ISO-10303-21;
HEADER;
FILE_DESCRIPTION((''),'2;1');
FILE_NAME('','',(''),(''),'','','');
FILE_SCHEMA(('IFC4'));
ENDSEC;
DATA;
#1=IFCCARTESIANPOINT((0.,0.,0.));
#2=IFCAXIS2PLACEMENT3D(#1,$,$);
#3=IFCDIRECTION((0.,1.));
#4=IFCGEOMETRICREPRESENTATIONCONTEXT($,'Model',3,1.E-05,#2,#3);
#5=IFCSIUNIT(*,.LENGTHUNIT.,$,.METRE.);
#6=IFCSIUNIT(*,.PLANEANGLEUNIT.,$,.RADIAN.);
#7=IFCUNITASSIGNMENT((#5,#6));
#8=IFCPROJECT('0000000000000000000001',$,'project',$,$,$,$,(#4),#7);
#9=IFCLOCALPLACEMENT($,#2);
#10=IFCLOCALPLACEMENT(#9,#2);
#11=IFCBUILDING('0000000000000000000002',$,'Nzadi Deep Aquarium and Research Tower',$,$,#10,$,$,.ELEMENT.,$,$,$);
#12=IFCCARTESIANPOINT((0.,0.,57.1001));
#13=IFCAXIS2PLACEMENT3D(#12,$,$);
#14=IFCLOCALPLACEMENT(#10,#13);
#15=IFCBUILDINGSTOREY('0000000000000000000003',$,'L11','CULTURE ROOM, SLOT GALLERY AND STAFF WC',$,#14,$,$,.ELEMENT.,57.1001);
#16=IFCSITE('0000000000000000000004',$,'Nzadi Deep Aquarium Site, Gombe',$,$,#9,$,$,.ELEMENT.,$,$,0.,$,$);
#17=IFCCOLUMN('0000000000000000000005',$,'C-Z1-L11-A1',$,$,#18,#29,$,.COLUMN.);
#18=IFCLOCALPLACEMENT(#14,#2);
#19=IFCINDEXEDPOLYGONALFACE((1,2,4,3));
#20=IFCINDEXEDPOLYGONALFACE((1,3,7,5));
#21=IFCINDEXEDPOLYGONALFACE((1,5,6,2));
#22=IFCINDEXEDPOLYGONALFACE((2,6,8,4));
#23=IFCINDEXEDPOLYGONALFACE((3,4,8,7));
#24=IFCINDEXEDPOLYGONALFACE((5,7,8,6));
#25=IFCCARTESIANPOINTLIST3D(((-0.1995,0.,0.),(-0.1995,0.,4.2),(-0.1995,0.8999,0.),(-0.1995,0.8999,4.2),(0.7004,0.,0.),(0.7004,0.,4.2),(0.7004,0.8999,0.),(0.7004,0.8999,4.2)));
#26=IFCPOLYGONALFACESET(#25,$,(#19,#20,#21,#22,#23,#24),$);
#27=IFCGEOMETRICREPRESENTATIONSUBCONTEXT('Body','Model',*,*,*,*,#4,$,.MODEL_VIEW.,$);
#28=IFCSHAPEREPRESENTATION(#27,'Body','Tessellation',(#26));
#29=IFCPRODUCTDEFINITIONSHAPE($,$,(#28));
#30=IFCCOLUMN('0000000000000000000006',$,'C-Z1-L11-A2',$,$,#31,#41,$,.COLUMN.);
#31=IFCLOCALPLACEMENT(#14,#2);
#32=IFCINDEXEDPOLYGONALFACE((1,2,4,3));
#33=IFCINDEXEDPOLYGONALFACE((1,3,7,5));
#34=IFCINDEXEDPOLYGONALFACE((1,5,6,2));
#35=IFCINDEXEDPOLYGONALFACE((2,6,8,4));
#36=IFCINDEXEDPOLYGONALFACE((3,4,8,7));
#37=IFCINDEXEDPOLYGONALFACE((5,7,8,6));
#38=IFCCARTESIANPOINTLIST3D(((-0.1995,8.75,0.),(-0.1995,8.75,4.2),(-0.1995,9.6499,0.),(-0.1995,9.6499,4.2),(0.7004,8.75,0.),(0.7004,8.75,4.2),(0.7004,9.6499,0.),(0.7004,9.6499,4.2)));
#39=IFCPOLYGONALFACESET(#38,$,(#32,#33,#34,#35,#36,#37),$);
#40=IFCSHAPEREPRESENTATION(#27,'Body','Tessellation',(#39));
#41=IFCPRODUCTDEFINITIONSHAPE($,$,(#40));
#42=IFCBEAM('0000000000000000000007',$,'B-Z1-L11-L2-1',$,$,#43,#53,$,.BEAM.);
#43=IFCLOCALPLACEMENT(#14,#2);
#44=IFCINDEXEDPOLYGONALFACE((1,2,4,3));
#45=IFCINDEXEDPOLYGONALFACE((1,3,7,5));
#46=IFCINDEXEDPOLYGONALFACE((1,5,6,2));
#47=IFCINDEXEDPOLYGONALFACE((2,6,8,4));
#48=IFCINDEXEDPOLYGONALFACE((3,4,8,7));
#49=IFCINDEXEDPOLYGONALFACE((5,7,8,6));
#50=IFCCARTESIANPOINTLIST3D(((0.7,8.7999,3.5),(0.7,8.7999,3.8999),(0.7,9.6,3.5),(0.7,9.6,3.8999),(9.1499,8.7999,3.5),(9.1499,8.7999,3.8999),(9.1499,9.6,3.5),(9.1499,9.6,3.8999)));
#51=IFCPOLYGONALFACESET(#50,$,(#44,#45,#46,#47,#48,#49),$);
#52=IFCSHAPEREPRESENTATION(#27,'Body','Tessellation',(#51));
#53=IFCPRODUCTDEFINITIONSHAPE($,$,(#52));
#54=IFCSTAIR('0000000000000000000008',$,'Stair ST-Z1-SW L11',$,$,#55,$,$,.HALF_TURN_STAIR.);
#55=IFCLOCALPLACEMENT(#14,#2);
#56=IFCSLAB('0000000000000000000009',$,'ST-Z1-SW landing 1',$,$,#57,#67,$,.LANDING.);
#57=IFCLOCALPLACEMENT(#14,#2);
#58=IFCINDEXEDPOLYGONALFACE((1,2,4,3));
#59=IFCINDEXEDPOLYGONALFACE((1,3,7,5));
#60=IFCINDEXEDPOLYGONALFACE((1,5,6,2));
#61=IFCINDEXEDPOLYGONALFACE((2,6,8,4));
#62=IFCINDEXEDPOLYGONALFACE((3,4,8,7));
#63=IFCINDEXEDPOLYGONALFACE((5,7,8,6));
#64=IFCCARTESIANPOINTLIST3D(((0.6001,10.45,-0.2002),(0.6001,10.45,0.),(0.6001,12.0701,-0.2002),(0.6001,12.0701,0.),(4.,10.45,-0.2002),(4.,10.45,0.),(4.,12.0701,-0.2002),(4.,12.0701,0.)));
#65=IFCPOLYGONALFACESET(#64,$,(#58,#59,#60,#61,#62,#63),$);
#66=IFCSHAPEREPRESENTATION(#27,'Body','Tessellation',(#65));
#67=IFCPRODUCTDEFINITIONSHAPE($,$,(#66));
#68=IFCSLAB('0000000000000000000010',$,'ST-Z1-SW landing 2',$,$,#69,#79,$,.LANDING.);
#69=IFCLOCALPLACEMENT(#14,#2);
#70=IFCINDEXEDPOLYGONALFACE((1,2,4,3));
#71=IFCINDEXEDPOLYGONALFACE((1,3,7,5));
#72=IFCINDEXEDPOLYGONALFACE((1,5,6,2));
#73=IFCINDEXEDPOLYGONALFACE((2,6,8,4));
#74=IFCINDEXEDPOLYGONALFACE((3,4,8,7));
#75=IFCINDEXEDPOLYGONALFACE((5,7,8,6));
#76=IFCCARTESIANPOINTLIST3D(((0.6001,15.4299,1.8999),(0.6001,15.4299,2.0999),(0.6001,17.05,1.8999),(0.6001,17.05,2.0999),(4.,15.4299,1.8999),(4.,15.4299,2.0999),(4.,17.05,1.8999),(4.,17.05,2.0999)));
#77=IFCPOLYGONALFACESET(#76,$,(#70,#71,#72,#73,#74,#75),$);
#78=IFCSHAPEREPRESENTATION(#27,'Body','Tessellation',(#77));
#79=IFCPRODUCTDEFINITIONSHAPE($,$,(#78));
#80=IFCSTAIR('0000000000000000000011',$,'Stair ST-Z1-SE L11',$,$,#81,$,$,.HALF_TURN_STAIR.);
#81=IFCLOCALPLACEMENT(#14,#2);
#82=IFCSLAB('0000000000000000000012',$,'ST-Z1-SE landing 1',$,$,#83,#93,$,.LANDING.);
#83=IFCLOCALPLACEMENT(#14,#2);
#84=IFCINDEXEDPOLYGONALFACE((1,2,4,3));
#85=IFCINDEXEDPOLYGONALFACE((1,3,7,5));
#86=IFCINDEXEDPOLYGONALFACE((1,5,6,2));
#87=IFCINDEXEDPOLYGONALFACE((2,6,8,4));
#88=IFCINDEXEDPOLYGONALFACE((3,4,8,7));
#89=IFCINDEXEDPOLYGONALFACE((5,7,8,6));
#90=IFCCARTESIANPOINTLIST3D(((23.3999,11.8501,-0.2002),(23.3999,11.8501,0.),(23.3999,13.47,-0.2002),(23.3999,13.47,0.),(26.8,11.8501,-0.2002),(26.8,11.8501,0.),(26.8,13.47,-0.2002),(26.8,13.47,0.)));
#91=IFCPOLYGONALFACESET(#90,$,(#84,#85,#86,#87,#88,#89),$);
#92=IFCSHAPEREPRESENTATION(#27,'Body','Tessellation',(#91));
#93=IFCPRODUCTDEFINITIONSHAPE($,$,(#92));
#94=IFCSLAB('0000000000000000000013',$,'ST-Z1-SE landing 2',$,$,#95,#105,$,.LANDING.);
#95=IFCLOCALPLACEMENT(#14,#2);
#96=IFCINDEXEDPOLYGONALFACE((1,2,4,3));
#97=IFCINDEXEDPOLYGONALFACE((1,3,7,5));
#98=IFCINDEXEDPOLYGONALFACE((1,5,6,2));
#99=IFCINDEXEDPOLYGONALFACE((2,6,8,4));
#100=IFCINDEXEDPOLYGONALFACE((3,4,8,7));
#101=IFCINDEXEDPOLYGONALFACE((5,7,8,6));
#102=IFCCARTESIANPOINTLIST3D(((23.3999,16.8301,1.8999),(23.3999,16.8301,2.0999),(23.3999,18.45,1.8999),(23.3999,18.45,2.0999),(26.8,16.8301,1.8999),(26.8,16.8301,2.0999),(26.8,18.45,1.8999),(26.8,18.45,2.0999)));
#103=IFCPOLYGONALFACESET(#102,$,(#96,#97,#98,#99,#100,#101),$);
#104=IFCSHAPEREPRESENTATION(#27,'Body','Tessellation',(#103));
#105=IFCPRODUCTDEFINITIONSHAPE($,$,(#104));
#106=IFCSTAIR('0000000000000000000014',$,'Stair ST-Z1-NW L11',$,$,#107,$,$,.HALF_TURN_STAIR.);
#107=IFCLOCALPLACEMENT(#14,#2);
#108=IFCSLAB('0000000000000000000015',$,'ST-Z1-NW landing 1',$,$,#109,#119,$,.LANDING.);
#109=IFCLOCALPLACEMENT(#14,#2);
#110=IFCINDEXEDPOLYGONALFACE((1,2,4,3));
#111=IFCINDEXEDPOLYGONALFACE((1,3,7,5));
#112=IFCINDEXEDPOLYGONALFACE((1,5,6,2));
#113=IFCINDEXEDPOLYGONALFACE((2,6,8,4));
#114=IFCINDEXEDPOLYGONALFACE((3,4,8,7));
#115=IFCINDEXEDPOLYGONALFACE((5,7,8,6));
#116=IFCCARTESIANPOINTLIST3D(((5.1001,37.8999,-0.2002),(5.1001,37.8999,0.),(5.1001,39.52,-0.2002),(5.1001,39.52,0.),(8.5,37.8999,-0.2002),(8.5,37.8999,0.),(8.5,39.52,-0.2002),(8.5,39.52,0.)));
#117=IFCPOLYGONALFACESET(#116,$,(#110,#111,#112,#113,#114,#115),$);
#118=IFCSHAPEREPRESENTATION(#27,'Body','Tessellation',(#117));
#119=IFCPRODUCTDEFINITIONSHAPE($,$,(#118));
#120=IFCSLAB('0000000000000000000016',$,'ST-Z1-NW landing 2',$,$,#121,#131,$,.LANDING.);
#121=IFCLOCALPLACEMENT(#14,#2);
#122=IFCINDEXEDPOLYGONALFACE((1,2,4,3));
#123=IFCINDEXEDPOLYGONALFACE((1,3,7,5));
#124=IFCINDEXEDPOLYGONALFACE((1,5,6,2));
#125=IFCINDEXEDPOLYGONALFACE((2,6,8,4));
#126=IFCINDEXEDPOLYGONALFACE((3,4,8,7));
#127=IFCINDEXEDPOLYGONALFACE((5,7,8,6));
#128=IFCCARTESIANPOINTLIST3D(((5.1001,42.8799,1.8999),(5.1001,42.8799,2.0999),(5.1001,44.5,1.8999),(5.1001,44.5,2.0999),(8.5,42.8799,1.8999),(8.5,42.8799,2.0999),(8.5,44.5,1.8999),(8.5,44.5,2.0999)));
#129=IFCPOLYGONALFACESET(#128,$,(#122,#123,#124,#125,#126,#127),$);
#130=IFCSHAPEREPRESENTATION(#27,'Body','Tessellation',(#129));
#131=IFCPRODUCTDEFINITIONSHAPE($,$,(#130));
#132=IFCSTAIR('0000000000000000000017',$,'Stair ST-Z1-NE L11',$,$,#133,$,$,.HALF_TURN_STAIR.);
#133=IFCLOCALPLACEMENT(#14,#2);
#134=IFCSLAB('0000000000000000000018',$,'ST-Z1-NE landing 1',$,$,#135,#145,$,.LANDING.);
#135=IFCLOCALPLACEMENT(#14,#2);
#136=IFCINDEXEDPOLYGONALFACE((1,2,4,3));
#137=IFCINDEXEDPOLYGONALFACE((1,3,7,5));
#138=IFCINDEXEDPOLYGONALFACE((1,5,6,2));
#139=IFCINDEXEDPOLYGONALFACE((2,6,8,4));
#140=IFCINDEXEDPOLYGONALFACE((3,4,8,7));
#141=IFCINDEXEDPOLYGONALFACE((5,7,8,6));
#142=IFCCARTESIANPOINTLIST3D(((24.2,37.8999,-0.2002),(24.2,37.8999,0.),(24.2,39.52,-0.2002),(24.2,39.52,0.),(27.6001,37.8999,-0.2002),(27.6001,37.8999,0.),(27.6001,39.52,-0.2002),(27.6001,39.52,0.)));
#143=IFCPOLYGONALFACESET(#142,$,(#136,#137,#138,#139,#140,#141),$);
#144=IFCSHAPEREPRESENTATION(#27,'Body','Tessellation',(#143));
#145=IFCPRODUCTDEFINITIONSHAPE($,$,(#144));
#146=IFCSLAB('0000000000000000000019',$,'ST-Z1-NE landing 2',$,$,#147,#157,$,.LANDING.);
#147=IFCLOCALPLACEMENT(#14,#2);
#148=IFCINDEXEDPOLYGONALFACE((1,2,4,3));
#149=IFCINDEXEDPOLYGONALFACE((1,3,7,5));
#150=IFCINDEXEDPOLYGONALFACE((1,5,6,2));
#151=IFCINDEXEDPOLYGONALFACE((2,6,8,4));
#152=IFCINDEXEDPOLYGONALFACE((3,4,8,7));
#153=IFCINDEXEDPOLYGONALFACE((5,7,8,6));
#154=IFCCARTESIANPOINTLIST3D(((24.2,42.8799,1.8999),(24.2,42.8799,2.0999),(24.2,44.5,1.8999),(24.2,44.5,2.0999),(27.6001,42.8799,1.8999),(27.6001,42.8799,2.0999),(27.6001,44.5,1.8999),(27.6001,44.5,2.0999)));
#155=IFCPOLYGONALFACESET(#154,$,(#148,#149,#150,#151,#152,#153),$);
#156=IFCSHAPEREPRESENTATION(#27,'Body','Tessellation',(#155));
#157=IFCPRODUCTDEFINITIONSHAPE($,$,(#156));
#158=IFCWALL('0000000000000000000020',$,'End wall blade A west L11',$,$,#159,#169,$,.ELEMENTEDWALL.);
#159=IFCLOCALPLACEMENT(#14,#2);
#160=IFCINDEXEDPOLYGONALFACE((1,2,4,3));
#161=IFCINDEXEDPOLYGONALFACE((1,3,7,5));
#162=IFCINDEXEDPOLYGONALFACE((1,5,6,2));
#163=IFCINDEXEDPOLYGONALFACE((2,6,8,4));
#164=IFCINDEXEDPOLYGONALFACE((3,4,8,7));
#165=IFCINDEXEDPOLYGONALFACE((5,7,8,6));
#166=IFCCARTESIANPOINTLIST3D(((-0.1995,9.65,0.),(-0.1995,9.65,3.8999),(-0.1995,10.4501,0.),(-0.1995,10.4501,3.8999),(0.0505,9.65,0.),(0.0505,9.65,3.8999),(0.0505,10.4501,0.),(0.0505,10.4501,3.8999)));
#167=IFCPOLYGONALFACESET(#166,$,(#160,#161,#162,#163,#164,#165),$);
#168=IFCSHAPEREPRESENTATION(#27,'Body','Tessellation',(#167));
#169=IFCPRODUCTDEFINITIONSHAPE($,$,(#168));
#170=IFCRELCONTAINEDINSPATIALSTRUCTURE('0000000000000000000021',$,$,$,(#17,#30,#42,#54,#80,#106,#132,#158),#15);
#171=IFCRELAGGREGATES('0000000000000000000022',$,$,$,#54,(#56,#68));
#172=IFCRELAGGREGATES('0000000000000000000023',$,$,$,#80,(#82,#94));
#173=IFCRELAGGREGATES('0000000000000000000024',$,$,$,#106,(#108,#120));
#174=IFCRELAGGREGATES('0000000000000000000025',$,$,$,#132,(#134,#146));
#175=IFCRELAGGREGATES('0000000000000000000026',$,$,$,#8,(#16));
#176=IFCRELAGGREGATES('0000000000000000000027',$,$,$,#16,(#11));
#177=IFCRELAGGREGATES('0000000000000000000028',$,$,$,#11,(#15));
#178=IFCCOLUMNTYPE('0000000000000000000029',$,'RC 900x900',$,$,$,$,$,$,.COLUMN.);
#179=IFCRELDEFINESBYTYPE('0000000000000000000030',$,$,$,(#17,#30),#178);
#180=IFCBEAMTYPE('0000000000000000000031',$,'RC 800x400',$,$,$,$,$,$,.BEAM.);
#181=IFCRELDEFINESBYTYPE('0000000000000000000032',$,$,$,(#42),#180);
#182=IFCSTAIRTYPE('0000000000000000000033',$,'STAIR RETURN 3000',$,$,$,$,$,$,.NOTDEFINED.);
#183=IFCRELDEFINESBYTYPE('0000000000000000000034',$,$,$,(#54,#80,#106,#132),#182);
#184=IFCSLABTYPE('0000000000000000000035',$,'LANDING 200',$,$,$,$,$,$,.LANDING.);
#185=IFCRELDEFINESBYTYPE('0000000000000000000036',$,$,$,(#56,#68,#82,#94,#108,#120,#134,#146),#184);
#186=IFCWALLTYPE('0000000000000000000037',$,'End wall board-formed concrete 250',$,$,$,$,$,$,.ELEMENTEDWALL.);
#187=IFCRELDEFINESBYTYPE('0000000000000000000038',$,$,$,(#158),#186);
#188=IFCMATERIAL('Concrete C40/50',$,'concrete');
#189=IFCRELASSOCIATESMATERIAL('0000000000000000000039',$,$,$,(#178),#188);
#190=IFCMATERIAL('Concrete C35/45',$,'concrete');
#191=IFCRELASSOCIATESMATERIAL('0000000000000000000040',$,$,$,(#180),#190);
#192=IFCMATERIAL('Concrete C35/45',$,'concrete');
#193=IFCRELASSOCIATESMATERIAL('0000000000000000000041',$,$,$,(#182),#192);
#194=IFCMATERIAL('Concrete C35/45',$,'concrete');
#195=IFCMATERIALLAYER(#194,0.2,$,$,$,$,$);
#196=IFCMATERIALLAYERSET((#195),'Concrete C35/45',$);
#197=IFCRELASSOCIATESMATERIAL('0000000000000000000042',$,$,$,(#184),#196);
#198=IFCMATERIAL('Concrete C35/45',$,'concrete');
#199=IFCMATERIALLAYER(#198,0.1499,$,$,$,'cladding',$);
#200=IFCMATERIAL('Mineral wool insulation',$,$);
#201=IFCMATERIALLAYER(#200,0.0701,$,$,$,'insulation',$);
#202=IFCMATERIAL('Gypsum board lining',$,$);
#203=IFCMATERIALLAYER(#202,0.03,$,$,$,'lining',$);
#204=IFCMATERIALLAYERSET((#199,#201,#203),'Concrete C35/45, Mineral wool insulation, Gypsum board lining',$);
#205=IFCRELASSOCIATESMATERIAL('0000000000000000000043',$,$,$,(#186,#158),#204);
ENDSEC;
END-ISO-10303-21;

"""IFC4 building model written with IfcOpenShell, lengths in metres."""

from ifc_helpers import new_model, si_unit, direction, frame, frame_2d, origin, origin_2d, place, context, subcontext, project, spatial, polyline, rectangle, outline, extrude, material, layer, layer_set, layer_usage, material_profile, profile_set, type_object, element, aggregate, save


model = new_model("IFC4")

# Units and contexts
model_context = context("Model", 3, precision=1e-05, world=origin(), true_north=direction((0.0, 1.0)))
body_context = subcontext(model_context, "Body", "Model", "MODEL_VIEW")
ifc_project = project(units=[si_unit("LENGTHUNIT", "METRE"), si_unit("PLANEANGLEUNIT", "RADIAN")], contexts=[model_context])

# Site, building, storey
site_placement = place(None, origin())
site = spatial("IfcSite", under=ifc_project, at=site_placement, Name="Nzadi Deep Aquarium Site, Gombe", CompositionType="ELEMENT", RefElevation=0.0)
building_placement = place(site_placement, origin())
building = spatial("IfcBuilding", under=site, at=building_placement, Name="Nzadi Deep Aquarium and Research Tower", CompositionType="ELEMENT")
storey_placement = place(building_placement, frame((0.0, 0.0, 57.1001)))
storey = spatial("IfcBuildingStorey", under=building, at=storey_placement, Name="L11", Description="CULTURE ROOM, SLOT GALLERY AND STAFF WC", CompositionType="ELEMENT", Elevation=57.1001)

# Columns
ifc_material_1 = material(Name="Concrete C40/50", Category="concrete")
ifc_material_profile_1 = material_profile(ifc_material_1, rectangle(XDim=0.8999, YDim=0.8999, at=origin_2d()))
ifc_profile_set_1 = profile_set([ifc_material_profile_1], Name="Concrete C40/50")
column_type = type_object("IfcColumnType", Name="RC 900x900", PredefinedType="COLUMN", material=ifc_profile_set_1)
for number, where, z_axis, x_axis, name in (
    (1, (0.2505, 0.45, 0.0), (0.0, 0.0, 1.0), (1.0, 0.0, 0.0), "C-Z1-L11-A1"),
    (2, (0.2505, 9.2, 0.0), (0.0, 0.0, 1.0), (1.0, 0.0, 0.0), "C-Z1-L11-A2"),
):
    element("IfcColumn", number, at=place(storey_placement, frame(where, z_axis=z_axis, x_axis=x_axis)), inside=storey, type_object=column_type, Name=name, PredefinedType="COLUMN", context=body_context, shape_type="SweptSolid", body=[
        extrude(rectangle(XDim=0.8999, YDim=0.8999, at=origin_2d()), origin(), (0.0, 0.0, 1.0), 4.2),
    ])

# Beam
ifc_material_2 = material(Name="Concrete C35/45", Category="concrete")
ifc_material_profile_2 = material_profile(ifc_material_2, rectangle(XDim=0.8, YDim=0.3999, at=origin_2d()))
ifc_profile_set_2 = profile_set([ifc_material_profile_2], Name="Concrete C35/45")
beam_type = type_object("IfcBeamType", Name="RC 800x400", PredefinedType="BEAM", material=ifc_profile_set_2)
beam_placement = place(storey_placement, frame((0.7, 9.2, 3.7), z_axis=(1.0, 0.0, 0.0), x_axis=(0.0, 1.0, 0.0)))
element("IfcBeam", 3, at=beam_placement, inside=storey, type_object=beam_type, Name="B-Z1-L11-L2-1", PredefinedType="BEAM", context=body_context, shape_type="SweptSolid", body=[
    extrude(rectangle(XDim=0.8, YDim=0.3999, at=origin_2d()), origin(), (0.0, 0.0, 1.0), 8.45),
])

# Stairs, slabs
ifc_material_3 = material(Name="Concrete C35/45", Category="concrete")
stair_type = type_object("IfcStairType", Name="STAIR RETURN 3000", PredefinedType="NOTDEFINED", material=ifc_material_3)
stair_1_placement = place(storey_placement, origin())
stair_1 = element("IfcStair", 4, at=stair_1_placement, inside=storey, type_object=stair_type, Name="Stair ST-Z1-SW L11", PredefinedType="HALF_TURN_STAIR")
ifc_material_4 = material(Name="Concrete C35/45", Category="concrete")
ifc_layer_1 = layer(ifc_material_4, 0.2)
ifc_layer_set_1 = layer_set([ifc_layer_1], Name="Concrete C35/45")
slab_type = type_object("IfcSlabType", Name="LANDING 200", PredefinedType="LANDING", material=ifc_layer_set_1)
slab_1_placement = place(storey_placement, frame((0.0, 0.0, -0.2002)))
slab_1 = element("IfcSlab", 5, at=slab_1_placement, type_object=slab_type, Name="ST-Z1-SW landing 1", PredefinedType="LANDING", context=body_context, shape_type="SweptSolid", body=[
    extrude(outline(polyline([(0.6001, 10.45), (4.0, 10.45), (4.0, 12.0701), (0.6001, 12.0701), (0.6001, 10.45)])), origin(), (0.0, 0.0, 1.0), 0.2002),
])
slab_2_placement = place(storey_placement, frame((0.0, 0.0, 1.8999)))
slab_2 = element("IfcSlab", 6, at=slab_2_placement, type_object=slab_type, Name="ST-Z1-SW landing 2", PredefinedType="LANDING", context=body_context, shape_type="SweptSolid", body=[
    extrude(outline(polyline([(0.6001, 15.4299), (4.0, 15.4299), (4.0, 17.05), (0.6001, 17.05), (0.6001, 15.4299)])), origin(), (0.0, 0.0, 1.0), 0.2),
])
aggregate(stair_1, [slab_1, slab_2])
stair_2_placement = place(storey_placement, origin())
stair_2 = element("IfcStair", 7, at=stair_2_placement, inside=storey, type_object=stair_type, Name="Stair ST-Z1-SE L11", PredefinedType="HALF_TURN_STAIR")
slab_3_placement = place(storey_placement, frame((0.0, 0.0, -0.2002)))
slab_3 = element("IfcSlab", 8, at=slab_3_placement, type_object=slab_type, Name="ST-Z1-SE landing 1", PredefinedType="LANDING", context=body_context, shape_type="SweptSolid", body=[
    extrude(outline(polyline([(23.3999, 11.8501), (26.8, 11.8501), (26.8, 13.47), (23.3999, 13.47), (23.3999, 11.8501)])), origin(), (0.0, 0.0, 1.0), 0.2002),
])
slab_4_placement = place(storey_placement, frame((0.0, 0.0, 1.8999)))
slab_4 = element("IfcSlab", 9, at=slab_4_placement, type_object=slab_type, Name="ST-Z1-SE landing 2", PredefinedType="LANDING", context=body_context, shape_type="SweptSolid", body=[
    extrude(outline(polyline([(23.3999, 16.8301), (26.8, 16.8301), (26.8, 18.45), (23.3999, 18.45), (23.3999, 16.8301)])), origin(), (0.0, 0.0, 1.0), 0.2),
])
aggregate(stair_2, [slab_3, slab_4])
stair_3_placement = place(storey_placement, origin())
stair_3 = element("IfcStair", 10, at=stair_3_placement, inside=storey, type_object=stair_type, Name="Stair ST-Z1-NW L11", PredefinedType="HALF_TURN_STAIR")
slab_5_placement = place(storey_placement, frame((0.0, 0.0, -0.2002)))
slab_5 = element("IfcSlab", 11, at=slab_5_placement, type_object=slab_type, Name="ST-Z1-NW landing 1", PredefinedType="LANDING", context=body_context, shape_type="SweptSolid", body=[
    extrude(outline(polyline([(5.1001, 37.8999), (8.5, 37.8999), (8.5, 39.52), (5.1001, 39.52), (5.1001, 37.8999)])), origin(), (0.0, 0.0, 1.0), 0.2002),
])
slab_6_placement = place(storey_placement, frame((0.0, 0.0, 1.8999)))
slab_6 = element("IfcSlab", 12, at=slab_6_placement, type_object=slab_type, Name="ST-Z1-NW landing 2", PredefinedType="LANDING", context=body_context, shape_type="SweptSolid", body=[
    extrude(outline(polyline([(5.1001, 42.8799), (8.5, 42.8799), (8.5, 44.5), (5.1001, 44.5), (5.1001, 42.8799)])), origin(), (0.0, 0.0, 1.0), 0.2),
])
aggregate(stair_3, [slab_5, slab_6])
stair_4_placement = place(storey_placement, origin())
stair_4 = element("IfcStair", 13, at=stair_4_placement, inside=storey, type_object=stair_type, Name="Stair ST-Z1-NE L11", PredefinedType="HALF_TURN_STAIR")
slab_7_placement = place(storey_placement, frame((0.0, 0.0, -0.2002)))
slab_7 = element("IfcSlab", 14, at=slab_7_placement, type_object=slab_type, Name="ST-Z1-NE landing 1", PredefinedType="LANDING", context=body_context, shape_type="SweptSolid", body=[
    extrude(outline(polyline([(24.2, 37.8999), (27.6001, 37.8999), (27.6001, 39.52), (24.2, 39.52), (24.2, 37.8999)])), origin(), (0.0, 0.0, 1.0), 0.2002),
])
slab_8_placement = place(storey_placement, frame((0.0, 0.0, 1.8999)))
slab_8 = element("IfcSlab", 15, at=slab_8_placement, type_object=slab_type, Name="ST-Z1-NE landing 2", PredefinedType="LANDING", context=body_context, shape_type="SweptSolid", body=[
    extrude(outline(polyline([(24.2, 42.8799), (27.6001, 42.8799), (27.6001, 44.5), (24.2, 44.5), (24.2, 42.8799)])), origin(), (0.0, 0.0, 1.0), 0.2),
])
aggregate(stair_4, [slab_7, slab_8])

# Wall
ifc_material_5 = material(Name="Concrete C35/45", Category="concrete")
ifc_layer_2 = layer(ifc_material_5, 0.1499, Category="cladding")
ifc_material_6 = material(Name="Mineral wool insulation")
ifc_layer_3 = layer(ifc_material_6, 0.0701, Category="insulation")
ifc_material_7 = material(Name="Gypsum board lining")
ifc_layer_4 = layer(ifc_material_7, 0.03, Category="lining")
ifc_layer_set_2 = layer_set([ifc_layer_2, ifc_layer_3, ifc_layer_4], Name="Concrete C35/45, Mineral wool insulation, Gypsum board lining")
ifc_layer_usage_1 = layer_usage(ifc_layer_set_2, "AXIS2", "POSITIVE", -0.125)
wall_type_1 = type_object("IfcWallType", Name="End wall board-formed concrete 250", PredefinedType="ELEMENTEDWALL", material=ifc_layer_set_2)
wall_1_placement = place(storey_placement, frame((-0.0745, 10.45, 0.0), z_axis=(0.0, 0.0, 1.0), x_axis=(0.0, -1.0, 0.0)))
element("IfcWall", 16, at=wall_1_placement, inside=storey, type_object=wall_type_1, material=ifc_layer_usage_1, Name="End wall blade A west L11", PredefinedType="ELEMENTEDWALL", context=body_context, shape_type="SweptSolid", body=[
    extrude(rectangle(XDim=0.8, YDim=0.25, at=frame_2d((0.3999, 0.0))), origin(), (0.0, 0.0, 1.0), 3.8999),
])

save(model, "model.ifc")
